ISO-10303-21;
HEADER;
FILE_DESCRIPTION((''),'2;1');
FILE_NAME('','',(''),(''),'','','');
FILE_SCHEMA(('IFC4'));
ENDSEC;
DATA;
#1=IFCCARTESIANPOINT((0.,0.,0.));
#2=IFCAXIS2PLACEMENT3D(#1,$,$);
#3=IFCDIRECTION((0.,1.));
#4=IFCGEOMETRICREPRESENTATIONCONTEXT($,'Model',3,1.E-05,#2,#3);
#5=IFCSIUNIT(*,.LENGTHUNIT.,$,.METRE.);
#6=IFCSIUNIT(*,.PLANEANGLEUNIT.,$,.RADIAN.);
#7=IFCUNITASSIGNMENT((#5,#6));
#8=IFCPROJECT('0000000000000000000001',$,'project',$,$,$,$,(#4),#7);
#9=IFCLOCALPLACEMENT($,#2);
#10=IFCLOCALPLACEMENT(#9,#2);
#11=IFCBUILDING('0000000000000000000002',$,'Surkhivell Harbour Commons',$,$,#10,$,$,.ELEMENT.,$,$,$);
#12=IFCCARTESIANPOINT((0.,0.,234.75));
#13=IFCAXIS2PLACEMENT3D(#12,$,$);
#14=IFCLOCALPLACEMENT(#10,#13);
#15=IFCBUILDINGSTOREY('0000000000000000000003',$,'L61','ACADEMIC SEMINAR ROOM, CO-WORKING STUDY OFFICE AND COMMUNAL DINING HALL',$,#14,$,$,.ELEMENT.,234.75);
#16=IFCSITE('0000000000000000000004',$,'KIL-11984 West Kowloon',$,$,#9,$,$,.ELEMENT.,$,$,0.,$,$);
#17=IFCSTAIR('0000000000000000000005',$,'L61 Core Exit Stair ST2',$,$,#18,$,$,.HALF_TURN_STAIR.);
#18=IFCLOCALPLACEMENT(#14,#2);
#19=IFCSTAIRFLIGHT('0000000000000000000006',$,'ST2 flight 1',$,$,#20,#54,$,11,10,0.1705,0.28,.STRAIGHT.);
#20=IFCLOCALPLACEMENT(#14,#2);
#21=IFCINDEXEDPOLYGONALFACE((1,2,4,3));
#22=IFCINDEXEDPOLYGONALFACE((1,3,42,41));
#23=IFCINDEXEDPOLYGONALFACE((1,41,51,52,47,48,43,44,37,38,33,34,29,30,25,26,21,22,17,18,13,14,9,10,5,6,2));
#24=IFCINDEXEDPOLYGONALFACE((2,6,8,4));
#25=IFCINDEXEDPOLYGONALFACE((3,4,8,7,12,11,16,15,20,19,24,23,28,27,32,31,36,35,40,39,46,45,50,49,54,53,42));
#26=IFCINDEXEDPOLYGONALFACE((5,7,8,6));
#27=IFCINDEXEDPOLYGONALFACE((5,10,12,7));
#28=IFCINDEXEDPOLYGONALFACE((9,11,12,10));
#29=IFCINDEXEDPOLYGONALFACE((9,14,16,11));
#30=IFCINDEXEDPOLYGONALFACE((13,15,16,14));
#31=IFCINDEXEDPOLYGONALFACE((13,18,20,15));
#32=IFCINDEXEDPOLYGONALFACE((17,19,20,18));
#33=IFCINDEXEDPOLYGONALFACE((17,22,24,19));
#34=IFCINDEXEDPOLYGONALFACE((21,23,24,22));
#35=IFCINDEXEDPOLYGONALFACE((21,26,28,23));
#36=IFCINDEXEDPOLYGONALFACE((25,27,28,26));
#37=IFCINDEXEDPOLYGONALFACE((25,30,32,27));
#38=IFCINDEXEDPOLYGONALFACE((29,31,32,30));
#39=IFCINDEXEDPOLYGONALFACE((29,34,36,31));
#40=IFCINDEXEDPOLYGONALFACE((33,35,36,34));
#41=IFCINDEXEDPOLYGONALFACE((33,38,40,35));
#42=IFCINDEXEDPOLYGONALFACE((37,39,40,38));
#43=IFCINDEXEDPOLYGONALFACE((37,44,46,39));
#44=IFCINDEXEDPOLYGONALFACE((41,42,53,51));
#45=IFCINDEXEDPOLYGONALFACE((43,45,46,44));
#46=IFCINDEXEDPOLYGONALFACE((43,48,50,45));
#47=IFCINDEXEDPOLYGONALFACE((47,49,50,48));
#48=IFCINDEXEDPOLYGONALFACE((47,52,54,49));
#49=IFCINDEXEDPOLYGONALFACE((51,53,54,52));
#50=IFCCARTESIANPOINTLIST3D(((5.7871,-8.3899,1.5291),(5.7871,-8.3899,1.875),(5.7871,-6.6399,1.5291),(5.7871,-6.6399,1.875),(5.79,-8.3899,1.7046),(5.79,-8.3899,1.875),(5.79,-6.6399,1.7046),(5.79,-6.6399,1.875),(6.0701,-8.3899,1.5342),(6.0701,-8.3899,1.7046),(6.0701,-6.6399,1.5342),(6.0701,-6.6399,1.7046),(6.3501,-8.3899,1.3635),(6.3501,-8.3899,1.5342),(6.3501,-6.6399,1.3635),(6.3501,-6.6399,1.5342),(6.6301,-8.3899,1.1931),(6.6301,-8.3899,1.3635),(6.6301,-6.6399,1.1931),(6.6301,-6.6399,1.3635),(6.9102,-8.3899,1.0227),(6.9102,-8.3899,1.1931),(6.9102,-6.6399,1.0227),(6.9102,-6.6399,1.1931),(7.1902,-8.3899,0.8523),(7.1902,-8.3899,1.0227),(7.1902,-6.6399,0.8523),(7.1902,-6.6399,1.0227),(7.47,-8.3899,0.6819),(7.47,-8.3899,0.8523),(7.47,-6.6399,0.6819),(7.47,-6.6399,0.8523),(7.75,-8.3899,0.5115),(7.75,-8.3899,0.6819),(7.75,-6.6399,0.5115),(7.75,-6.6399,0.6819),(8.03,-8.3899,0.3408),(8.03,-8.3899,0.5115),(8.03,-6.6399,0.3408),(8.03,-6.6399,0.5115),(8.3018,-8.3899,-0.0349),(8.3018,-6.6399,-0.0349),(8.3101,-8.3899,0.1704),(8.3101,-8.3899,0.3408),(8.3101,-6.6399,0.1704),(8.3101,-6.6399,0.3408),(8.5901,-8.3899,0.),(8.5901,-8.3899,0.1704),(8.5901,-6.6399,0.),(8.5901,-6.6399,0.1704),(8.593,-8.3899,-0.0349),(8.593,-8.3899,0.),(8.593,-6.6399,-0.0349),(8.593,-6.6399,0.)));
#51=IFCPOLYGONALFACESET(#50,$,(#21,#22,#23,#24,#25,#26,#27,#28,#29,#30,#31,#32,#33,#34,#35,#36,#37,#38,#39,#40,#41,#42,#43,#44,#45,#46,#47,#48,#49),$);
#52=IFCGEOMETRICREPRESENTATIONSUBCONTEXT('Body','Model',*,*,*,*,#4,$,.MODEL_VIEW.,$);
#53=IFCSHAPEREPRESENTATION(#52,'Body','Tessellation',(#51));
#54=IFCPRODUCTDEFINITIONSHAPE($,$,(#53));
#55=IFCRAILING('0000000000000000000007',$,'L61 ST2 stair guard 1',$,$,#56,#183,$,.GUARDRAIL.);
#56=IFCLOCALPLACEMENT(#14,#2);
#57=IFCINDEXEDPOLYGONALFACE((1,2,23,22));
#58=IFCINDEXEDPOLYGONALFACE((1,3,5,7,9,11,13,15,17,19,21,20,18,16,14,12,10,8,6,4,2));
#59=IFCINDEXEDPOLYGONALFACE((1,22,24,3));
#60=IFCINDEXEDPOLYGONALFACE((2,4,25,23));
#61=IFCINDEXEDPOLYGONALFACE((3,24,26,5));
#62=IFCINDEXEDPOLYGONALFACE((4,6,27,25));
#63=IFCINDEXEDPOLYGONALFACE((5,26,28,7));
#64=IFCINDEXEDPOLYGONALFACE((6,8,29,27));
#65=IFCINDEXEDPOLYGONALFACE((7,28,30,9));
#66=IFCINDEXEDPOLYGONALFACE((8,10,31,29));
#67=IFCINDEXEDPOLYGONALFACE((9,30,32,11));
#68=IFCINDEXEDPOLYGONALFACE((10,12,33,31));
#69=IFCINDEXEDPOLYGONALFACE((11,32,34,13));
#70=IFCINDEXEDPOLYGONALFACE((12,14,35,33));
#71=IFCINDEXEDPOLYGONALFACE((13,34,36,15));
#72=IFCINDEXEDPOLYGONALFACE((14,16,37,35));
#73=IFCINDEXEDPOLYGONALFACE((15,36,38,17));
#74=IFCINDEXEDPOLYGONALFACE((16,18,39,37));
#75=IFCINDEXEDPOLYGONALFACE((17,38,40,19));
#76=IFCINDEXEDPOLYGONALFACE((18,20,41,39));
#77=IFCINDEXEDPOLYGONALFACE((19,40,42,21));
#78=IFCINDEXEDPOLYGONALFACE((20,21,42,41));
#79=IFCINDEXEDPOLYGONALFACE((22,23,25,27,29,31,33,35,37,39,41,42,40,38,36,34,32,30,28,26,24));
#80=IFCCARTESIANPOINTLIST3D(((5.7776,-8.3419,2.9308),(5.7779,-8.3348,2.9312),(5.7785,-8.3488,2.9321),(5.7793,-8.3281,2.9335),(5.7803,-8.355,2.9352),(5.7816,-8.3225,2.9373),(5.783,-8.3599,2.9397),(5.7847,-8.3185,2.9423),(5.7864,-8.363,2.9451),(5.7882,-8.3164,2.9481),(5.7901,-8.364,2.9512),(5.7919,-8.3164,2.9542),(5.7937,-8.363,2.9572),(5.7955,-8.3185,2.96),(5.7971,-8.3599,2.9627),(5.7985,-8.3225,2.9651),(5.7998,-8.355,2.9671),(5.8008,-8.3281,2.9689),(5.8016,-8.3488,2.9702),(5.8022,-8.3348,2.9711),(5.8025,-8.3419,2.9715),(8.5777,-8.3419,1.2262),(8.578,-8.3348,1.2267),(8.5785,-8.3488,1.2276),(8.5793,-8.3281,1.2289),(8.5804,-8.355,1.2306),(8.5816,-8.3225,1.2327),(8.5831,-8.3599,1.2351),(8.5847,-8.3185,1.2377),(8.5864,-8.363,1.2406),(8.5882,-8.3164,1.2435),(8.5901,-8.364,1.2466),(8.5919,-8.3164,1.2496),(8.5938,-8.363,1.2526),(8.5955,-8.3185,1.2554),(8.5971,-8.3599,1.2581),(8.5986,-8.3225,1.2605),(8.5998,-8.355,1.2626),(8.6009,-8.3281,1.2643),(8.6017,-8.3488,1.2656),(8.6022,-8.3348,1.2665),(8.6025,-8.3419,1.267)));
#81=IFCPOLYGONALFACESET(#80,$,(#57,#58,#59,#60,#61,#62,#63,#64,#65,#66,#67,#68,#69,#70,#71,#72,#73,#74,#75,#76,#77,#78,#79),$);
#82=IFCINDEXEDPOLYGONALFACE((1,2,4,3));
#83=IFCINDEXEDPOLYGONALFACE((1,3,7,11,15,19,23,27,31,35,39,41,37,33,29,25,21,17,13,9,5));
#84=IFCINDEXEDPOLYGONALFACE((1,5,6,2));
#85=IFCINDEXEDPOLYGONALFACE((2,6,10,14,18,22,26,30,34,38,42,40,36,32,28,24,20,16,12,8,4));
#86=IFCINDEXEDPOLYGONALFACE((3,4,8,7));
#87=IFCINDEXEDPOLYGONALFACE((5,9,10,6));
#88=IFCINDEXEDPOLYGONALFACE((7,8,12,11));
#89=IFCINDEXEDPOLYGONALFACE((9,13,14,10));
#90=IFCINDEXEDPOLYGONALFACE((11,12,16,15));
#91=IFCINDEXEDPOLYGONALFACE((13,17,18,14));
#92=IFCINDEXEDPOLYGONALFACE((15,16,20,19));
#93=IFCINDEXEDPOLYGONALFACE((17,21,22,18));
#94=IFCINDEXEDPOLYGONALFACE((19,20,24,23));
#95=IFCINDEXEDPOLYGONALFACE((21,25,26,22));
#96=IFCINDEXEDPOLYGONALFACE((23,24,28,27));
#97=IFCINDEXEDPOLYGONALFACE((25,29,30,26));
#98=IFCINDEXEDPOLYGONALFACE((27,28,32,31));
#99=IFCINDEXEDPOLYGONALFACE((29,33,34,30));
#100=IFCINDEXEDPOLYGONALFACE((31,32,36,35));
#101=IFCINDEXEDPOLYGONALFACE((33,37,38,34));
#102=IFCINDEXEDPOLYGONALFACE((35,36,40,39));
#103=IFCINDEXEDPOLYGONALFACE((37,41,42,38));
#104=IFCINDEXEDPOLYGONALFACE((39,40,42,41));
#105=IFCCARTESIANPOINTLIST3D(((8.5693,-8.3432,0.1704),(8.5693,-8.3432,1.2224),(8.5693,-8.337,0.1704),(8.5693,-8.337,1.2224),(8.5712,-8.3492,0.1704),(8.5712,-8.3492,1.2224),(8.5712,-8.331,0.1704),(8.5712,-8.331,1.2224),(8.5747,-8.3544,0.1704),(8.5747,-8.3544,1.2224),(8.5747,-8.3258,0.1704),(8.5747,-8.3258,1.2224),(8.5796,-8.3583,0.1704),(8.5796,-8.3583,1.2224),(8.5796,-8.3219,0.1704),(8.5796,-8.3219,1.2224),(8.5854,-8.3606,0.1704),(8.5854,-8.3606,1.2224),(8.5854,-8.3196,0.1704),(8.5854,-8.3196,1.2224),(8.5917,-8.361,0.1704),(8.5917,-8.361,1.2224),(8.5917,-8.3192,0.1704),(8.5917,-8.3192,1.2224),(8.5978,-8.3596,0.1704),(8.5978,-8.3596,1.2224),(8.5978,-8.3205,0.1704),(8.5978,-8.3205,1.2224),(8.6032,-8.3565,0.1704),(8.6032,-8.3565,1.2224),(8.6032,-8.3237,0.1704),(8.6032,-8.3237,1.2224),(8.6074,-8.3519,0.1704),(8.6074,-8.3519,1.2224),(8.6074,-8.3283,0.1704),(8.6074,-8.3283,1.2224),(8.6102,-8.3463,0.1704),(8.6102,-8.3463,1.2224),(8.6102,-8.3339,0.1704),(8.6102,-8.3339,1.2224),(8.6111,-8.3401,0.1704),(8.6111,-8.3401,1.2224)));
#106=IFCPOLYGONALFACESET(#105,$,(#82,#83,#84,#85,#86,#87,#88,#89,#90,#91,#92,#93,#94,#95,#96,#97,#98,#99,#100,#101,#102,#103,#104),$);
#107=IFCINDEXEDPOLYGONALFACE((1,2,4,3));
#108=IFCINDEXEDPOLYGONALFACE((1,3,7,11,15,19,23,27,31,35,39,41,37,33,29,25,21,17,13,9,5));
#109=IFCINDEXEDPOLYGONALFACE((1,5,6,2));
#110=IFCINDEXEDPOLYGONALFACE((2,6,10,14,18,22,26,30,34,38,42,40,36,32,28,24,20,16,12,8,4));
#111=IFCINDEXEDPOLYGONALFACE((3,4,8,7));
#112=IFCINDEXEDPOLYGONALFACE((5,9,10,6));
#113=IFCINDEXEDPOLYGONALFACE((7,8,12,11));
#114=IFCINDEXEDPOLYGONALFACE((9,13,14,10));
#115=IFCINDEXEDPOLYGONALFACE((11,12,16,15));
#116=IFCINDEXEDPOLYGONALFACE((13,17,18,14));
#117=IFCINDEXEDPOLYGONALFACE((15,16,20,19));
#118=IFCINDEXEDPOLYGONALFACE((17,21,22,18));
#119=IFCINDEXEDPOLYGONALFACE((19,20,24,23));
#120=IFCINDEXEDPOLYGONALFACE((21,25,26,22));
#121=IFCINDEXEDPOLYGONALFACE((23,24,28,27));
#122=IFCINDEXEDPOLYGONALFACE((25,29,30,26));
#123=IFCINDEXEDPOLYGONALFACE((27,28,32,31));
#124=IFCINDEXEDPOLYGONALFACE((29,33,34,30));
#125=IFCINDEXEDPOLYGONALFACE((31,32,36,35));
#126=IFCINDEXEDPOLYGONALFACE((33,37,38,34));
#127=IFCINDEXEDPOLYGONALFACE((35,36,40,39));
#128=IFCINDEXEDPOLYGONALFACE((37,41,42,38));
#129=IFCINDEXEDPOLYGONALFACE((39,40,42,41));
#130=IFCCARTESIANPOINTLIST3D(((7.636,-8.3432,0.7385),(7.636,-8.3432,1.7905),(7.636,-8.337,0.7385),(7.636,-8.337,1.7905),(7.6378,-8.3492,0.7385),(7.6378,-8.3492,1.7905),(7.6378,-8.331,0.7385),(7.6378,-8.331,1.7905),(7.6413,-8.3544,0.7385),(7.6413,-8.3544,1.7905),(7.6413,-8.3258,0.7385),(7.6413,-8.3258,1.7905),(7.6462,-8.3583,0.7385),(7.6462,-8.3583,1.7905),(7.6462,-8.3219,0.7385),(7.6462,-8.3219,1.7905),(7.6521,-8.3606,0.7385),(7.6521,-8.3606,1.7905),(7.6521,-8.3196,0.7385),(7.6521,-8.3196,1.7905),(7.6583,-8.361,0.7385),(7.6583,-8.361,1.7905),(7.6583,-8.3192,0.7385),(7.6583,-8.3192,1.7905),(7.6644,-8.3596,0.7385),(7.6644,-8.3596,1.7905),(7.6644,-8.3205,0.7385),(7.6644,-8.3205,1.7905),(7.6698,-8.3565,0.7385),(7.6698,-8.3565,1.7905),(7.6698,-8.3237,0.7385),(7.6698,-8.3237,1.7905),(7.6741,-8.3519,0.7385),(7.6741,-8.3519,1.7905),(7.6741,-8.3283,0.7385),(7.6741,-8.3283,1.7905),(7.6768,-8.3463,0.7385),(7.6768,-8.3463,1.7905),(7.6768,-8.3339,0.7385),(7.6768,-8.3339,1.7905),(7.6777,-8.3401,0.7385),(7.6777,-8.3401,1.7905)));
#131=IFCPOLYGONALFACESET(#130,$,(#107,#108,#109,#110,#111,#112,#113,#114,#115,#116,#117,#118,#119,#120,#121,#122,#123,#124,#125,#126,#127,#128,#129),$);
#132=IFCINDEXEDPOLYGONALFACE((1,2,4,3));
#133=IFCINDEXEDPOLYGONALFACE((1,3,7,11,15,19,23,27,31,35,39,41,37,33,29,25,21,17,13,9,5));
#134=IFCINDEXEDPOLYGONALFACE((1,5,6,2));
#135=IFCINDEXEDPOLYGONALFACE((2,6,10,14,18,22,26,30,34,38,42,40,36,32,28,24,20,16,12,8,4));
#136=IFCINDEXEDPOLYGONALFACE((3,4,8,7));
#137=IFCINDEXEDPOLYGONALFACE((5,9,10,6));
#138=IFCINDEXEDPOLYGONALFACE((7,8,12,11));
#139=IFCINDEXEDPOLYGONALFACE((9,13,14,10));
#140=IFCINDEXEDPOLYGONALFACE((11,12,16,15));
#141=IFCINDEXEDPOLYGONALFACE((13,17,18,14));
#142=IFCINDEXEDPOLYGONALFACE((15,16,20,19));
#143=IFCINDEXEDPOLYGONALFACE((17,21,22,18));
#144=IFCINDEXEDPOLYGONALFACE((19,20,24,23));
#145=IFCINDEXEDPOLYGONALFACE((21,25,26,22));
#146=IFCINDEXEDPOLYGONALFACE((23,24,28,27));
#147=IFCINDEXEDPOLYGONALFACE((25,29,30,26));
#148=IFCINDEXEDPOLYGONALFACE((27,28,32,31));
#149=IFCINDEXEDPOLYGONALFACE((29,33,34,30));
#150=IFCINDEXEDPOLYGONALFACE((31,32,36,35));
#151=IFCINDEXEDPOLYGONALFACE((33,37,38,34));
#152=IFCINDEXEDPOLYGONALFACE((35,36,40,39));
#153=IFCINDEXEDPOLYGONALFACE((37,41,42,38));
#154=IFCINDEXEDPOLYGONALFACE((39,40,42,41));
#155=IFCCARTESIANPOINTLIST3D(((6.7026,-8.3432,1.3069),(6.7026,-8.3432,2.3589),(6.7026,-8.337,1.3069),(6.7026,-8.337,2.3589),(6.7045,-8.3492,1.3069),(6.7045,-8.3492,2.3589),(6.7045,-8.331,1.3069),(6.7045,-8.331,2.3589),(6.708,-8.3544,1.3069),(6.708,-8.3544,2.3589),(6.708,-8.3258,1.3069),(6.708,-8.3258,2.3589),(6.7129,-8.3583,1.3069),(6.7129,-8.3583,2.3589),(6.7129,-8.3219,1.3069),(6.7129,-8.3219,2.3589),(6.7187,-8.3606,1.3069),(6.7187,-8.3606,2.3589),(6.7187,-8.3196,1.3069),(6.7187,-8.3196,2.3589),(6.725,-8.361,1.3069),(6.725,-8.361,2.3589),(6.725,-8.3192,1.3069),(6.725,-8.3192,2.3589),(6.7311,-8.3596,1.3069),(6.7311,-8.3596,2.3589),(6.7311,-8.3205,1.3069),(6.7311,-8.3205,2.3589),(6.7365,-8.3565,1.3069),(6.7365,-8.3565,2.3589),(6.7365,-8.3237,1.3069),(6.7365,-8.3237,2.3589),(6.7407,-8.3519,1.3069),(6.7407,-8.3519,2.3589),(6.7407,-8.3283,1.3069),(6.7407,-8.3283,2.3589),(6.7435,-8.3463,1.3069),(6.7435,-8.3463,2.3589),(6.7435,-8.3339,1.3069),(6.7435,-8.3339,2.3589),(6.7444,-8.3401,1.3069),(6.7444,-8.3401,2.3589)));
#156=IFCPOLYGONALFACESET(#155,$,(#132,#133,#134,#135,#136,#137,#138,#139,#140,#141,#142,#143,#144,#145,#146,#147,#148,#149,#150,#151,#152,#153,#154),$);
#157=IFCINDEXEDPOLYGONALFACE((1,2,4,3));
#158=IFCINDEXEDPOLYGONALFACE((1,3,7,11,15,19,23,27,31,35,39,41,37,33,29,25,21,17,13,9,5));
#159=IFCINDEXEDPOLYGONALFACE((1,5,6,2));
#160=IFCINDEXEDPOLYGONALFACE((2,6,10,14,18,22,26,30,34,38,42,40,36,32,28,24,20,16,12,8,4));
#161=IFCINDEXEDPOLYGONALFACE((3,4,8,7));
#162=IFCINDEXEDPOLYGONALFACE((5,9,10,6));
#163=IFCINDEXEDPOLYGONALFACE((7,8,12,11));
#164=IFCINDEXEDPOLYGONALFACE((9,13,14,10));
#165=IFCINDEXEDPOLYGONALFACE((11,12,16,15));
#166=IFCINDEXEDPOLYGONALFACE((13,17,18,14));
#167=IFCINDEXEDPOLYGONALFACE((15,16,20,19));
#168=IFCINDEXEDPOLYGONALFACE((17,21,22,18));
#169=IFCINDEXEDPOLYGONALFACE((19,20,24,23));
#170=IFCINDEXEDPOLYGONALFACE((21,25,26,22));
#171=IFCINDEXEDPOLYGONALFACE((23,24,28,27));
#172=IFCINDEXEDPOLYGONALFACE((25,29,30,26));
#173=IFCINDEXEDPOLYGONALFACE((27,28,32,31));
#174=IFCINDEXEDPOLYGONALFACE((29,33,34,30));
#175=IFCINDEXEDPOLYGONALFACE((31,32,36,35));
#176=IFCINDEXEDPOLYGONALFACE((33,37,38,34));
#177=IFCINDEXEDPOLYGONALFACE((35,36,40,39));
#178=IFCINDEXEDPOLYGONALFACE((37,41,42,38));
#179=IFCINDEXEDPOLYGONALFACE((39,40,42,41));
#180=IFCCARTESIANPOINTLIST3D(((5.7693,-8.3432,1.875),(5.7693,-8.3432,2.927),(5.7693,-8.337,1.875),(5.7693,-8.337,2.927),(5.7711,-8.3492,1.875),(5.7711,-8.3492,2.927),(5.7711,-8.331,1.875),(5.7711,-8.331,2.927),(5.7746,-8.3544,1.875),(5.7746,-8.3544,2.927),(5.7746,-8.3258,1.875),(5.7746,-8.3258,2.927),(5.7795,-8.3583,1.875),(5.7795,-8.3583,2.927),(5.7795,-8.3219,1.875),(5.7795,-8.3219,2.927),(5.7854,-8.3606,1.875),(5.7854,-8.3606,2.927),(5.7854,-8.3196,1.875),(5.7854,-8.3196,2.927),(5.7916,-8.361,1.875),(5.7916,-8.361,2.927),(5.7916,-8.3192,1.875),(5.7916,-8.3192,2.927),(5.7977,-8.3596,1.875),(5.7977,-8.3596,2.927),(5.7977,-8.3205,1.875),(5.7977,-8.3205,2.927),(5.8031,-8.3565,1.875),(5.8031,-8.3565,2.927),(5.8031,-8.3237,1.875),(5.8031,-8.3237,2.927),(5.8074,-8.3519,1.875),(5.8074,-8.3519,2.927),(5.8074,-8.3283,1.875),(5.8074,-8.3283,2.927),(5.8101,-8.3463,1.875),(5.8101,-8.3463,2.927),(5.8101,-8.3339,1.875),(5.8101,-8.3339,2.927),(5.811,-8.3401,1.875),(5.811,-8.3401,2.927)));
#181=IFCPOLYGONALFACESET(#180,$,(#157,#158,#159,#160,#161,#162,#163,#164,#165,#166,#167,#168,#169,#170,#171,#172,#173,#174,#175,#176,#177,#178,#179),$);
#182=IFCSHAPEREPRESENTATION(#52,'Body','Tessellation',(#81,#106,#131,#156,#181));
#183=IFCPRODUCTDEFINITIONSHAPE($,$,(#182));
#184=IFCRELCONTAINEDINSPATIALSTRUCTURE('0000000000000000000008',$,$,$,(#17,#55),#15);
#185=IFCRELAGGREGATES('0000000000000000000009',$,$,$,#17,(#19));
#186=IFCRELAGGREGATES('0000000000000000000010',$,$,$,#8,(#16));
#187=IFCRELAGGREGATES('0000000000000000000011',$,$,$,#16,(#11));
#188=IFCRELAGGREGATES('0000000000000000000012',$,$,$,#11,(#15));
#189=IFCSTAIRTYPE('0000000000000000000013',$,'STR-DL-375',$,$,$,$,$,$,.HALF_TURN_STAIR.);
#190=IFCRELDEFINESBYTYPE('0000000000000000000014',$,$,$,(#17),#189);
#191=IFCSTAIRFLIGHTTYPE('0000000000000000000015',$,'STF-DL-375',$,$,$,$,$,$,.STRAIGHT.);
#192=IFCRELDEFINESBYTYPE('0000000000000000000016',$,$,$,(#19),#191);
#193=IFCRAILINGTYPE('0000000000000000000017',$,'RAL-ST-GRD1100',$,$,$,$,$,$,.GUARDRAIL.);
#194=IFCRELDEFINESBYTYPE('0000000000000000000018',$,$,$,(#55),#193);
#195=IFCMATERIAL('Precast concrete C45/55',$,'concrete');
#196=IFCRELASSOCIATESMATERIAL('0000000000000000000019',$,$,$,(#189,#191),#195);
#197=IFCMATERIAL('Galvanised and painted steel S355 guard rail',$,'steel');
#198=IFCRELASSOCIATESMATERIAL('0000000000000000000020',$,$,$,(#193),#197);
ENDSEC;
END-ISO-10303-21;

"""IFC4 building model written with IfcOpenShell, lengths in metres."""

from ifc_helpers import new_model, si_unit, direction, frame, origin, origin_2d, place, context, subcontext, project, spatial, polyline, circle, outline, extrude, material, type_object, element, aggregate, save


model = new_model("IFC4")

# Units and contexts
model_context = context("Model", 3, precision=1e-05, world=origin(), true_north=direction((0.0, 1.0)))
body_context = subcontext(model_context, "Body", "Model", "MODEL_VIEW")
ifc_project = project(units=[si_unit("LENGTHUNIT", "METRE"), si_unit("PLANEANGLEUNIT", "RADIAN")], contexts=[model_context])

# Site, building, storey
site_placement = place(None, origin())
site = spatial("IfcSite", under=ifc_project, at=site_placement, Name="KIL-11984 West Kowloon", CompositionType="ELEMENT", RefElevation=0.0)
building_placement = place(site_placement, origin())
building = spatial("IfcBuilding", under=site, at=building_placement, Name="Surkhivell Harbour Commons", CompositionType="ELEMENT")
storey_placement = place(building_placement, frame((0.0, 0.0, 234.75)))
storey = spatial("IfcBuildingStorey", under=building, at=storey_placement, Name="L61", Description="ACADEMIC SEMINAR ROOM, CO-WORKING STUDY OFFICE AND COMMUNAL DINING HALL", CompositionType="ELEMENT", Elevation=234.75)

# Stair, stair flight
ifc_material_1 = material(Name="Precast concrete C45/55", Category="concrete")
stair_type = type_object("IfcStairType", Name="STR-DL-375", PredefinedType="HALF_TURN_STAIR", material=ifc_material_1)
stair_placement = place(storey_placement, origin())
stair = element("IfcStair", 1, at=stair_placement, inside=storey, type_object=stair_type, Name="L61 Core Exit Stair ST2", PredefinedType="HALF_TURN_STAIR")
stair_flight_type = type_object("IfcStairFlightType", Name="STF-DL-375", PredefinedType="STRAIGHT", material=ifc_material_1)
stair_flight_placement = place(storey_placement, frame((8.5901, -7.5149, 0.0), z_axis=(0.0, 0.0, 1.0), x_axis=(-1.0, 0.0, 0.0)))
stair_flight = element("IfcStairFlight", 2, at=stair_flight_placement, type_object=stair_flight_type, Name="ST2 flight 1", NumberOfRisers=11, NumberOfTreads=10, PredefinedType="STRAIGHT", RiserHeight=0.1705, TreadLength=0.28, context=body_context, shape_type="SweptSolid", body=[
    extrude(outline(polyline([(-0.0029, -0.0349), (-0.0029, 0.0), (0.0, 0.0), (0.0, 0.1704), (0.28, 0.1704), (0.28, 0.3408), (0.5601, 0.3408), (0.5601, 0.5115), (0.8401, 0.5115), (0.8401, 0.6819), (1.1201, 0.6819), (1.1201, 0.8523), (1.3999, 0.8523), (1.3999, 1.0227), (1.6799, 1.0227), (1.6799, 1.1931), (1.96, 1.1931), (1.96, 1.3635), (2.24, 1.3635), (2.24, 1.5342), (2.52, 1.5342), (2.52, 1.7046), (2.8, 1.7046), (2.8, 1.875), (2.803, 1.875), (2.803, 1.5291), (0.2883, -0.0349), (-0.0029, -0.0349)])), frame((0.0, 0.875, 0.0), z_axis=(0.0, -1.0, 0.0), x_axis=(1.0, 0.0, 0.0)), (0.0, 0.0, 1.0), 1.75),
])
aggregate(stair, [stair_flight])

# Railing
ifc_material_2 = material(Name="Galvanised and painted steel S355 guard rail", Category="steel")
railing_type_1 = type_object("IfcRailingType", Name="RAL-ST-GRD1100", PredefinedType="GUARDRAIL", material=ifc_material_2)
railing_1_placement = place(storey_placement, frame((8.5901, -8.3401, 0.1704)))
element("IfcRailing", 3, at=railing_1_placement, inside=storey, type_object=railing_type_1, Name="L61 ST2 stair guard 1", PredefinedType="GUARDRAIL", context=body_context, shape_type="SweptSolid", body=[
    extrude(circle(Radius=0.0239, at=origin_2d()), frame((0.0, 0.0, 1.0762), z_axis=(-0.85417, 0.0, 0.519994), x_axis=(0.0, -1.0, 0.0)), (0.0, 0.0, 1.0), 3.2781),
    extrude(circle(Radius=0.021, at=origin_2d()), origin(), (0.0, 0.0, 1.0), 1.052),
    extrude(circle(Radius=0.021, at=origin_2d()), frame((-0.9333, 0.0, 0.5681)), (0.0, 0.0, 1.0), 1.052),
    extrude(circle(Radius=0.021, at=origin_2d()), frame((-1.8667, 0.0, 1.1365)), (0.0, 0.0, 1.0), 1.052),
    extrude(circle(Radius=0.021, at=origin_2d()), frame((-2.8, 0.0, 1.7046)), (0.0, 0.0, 1.0), 1.052),
])

save(model, "model.ifc")
